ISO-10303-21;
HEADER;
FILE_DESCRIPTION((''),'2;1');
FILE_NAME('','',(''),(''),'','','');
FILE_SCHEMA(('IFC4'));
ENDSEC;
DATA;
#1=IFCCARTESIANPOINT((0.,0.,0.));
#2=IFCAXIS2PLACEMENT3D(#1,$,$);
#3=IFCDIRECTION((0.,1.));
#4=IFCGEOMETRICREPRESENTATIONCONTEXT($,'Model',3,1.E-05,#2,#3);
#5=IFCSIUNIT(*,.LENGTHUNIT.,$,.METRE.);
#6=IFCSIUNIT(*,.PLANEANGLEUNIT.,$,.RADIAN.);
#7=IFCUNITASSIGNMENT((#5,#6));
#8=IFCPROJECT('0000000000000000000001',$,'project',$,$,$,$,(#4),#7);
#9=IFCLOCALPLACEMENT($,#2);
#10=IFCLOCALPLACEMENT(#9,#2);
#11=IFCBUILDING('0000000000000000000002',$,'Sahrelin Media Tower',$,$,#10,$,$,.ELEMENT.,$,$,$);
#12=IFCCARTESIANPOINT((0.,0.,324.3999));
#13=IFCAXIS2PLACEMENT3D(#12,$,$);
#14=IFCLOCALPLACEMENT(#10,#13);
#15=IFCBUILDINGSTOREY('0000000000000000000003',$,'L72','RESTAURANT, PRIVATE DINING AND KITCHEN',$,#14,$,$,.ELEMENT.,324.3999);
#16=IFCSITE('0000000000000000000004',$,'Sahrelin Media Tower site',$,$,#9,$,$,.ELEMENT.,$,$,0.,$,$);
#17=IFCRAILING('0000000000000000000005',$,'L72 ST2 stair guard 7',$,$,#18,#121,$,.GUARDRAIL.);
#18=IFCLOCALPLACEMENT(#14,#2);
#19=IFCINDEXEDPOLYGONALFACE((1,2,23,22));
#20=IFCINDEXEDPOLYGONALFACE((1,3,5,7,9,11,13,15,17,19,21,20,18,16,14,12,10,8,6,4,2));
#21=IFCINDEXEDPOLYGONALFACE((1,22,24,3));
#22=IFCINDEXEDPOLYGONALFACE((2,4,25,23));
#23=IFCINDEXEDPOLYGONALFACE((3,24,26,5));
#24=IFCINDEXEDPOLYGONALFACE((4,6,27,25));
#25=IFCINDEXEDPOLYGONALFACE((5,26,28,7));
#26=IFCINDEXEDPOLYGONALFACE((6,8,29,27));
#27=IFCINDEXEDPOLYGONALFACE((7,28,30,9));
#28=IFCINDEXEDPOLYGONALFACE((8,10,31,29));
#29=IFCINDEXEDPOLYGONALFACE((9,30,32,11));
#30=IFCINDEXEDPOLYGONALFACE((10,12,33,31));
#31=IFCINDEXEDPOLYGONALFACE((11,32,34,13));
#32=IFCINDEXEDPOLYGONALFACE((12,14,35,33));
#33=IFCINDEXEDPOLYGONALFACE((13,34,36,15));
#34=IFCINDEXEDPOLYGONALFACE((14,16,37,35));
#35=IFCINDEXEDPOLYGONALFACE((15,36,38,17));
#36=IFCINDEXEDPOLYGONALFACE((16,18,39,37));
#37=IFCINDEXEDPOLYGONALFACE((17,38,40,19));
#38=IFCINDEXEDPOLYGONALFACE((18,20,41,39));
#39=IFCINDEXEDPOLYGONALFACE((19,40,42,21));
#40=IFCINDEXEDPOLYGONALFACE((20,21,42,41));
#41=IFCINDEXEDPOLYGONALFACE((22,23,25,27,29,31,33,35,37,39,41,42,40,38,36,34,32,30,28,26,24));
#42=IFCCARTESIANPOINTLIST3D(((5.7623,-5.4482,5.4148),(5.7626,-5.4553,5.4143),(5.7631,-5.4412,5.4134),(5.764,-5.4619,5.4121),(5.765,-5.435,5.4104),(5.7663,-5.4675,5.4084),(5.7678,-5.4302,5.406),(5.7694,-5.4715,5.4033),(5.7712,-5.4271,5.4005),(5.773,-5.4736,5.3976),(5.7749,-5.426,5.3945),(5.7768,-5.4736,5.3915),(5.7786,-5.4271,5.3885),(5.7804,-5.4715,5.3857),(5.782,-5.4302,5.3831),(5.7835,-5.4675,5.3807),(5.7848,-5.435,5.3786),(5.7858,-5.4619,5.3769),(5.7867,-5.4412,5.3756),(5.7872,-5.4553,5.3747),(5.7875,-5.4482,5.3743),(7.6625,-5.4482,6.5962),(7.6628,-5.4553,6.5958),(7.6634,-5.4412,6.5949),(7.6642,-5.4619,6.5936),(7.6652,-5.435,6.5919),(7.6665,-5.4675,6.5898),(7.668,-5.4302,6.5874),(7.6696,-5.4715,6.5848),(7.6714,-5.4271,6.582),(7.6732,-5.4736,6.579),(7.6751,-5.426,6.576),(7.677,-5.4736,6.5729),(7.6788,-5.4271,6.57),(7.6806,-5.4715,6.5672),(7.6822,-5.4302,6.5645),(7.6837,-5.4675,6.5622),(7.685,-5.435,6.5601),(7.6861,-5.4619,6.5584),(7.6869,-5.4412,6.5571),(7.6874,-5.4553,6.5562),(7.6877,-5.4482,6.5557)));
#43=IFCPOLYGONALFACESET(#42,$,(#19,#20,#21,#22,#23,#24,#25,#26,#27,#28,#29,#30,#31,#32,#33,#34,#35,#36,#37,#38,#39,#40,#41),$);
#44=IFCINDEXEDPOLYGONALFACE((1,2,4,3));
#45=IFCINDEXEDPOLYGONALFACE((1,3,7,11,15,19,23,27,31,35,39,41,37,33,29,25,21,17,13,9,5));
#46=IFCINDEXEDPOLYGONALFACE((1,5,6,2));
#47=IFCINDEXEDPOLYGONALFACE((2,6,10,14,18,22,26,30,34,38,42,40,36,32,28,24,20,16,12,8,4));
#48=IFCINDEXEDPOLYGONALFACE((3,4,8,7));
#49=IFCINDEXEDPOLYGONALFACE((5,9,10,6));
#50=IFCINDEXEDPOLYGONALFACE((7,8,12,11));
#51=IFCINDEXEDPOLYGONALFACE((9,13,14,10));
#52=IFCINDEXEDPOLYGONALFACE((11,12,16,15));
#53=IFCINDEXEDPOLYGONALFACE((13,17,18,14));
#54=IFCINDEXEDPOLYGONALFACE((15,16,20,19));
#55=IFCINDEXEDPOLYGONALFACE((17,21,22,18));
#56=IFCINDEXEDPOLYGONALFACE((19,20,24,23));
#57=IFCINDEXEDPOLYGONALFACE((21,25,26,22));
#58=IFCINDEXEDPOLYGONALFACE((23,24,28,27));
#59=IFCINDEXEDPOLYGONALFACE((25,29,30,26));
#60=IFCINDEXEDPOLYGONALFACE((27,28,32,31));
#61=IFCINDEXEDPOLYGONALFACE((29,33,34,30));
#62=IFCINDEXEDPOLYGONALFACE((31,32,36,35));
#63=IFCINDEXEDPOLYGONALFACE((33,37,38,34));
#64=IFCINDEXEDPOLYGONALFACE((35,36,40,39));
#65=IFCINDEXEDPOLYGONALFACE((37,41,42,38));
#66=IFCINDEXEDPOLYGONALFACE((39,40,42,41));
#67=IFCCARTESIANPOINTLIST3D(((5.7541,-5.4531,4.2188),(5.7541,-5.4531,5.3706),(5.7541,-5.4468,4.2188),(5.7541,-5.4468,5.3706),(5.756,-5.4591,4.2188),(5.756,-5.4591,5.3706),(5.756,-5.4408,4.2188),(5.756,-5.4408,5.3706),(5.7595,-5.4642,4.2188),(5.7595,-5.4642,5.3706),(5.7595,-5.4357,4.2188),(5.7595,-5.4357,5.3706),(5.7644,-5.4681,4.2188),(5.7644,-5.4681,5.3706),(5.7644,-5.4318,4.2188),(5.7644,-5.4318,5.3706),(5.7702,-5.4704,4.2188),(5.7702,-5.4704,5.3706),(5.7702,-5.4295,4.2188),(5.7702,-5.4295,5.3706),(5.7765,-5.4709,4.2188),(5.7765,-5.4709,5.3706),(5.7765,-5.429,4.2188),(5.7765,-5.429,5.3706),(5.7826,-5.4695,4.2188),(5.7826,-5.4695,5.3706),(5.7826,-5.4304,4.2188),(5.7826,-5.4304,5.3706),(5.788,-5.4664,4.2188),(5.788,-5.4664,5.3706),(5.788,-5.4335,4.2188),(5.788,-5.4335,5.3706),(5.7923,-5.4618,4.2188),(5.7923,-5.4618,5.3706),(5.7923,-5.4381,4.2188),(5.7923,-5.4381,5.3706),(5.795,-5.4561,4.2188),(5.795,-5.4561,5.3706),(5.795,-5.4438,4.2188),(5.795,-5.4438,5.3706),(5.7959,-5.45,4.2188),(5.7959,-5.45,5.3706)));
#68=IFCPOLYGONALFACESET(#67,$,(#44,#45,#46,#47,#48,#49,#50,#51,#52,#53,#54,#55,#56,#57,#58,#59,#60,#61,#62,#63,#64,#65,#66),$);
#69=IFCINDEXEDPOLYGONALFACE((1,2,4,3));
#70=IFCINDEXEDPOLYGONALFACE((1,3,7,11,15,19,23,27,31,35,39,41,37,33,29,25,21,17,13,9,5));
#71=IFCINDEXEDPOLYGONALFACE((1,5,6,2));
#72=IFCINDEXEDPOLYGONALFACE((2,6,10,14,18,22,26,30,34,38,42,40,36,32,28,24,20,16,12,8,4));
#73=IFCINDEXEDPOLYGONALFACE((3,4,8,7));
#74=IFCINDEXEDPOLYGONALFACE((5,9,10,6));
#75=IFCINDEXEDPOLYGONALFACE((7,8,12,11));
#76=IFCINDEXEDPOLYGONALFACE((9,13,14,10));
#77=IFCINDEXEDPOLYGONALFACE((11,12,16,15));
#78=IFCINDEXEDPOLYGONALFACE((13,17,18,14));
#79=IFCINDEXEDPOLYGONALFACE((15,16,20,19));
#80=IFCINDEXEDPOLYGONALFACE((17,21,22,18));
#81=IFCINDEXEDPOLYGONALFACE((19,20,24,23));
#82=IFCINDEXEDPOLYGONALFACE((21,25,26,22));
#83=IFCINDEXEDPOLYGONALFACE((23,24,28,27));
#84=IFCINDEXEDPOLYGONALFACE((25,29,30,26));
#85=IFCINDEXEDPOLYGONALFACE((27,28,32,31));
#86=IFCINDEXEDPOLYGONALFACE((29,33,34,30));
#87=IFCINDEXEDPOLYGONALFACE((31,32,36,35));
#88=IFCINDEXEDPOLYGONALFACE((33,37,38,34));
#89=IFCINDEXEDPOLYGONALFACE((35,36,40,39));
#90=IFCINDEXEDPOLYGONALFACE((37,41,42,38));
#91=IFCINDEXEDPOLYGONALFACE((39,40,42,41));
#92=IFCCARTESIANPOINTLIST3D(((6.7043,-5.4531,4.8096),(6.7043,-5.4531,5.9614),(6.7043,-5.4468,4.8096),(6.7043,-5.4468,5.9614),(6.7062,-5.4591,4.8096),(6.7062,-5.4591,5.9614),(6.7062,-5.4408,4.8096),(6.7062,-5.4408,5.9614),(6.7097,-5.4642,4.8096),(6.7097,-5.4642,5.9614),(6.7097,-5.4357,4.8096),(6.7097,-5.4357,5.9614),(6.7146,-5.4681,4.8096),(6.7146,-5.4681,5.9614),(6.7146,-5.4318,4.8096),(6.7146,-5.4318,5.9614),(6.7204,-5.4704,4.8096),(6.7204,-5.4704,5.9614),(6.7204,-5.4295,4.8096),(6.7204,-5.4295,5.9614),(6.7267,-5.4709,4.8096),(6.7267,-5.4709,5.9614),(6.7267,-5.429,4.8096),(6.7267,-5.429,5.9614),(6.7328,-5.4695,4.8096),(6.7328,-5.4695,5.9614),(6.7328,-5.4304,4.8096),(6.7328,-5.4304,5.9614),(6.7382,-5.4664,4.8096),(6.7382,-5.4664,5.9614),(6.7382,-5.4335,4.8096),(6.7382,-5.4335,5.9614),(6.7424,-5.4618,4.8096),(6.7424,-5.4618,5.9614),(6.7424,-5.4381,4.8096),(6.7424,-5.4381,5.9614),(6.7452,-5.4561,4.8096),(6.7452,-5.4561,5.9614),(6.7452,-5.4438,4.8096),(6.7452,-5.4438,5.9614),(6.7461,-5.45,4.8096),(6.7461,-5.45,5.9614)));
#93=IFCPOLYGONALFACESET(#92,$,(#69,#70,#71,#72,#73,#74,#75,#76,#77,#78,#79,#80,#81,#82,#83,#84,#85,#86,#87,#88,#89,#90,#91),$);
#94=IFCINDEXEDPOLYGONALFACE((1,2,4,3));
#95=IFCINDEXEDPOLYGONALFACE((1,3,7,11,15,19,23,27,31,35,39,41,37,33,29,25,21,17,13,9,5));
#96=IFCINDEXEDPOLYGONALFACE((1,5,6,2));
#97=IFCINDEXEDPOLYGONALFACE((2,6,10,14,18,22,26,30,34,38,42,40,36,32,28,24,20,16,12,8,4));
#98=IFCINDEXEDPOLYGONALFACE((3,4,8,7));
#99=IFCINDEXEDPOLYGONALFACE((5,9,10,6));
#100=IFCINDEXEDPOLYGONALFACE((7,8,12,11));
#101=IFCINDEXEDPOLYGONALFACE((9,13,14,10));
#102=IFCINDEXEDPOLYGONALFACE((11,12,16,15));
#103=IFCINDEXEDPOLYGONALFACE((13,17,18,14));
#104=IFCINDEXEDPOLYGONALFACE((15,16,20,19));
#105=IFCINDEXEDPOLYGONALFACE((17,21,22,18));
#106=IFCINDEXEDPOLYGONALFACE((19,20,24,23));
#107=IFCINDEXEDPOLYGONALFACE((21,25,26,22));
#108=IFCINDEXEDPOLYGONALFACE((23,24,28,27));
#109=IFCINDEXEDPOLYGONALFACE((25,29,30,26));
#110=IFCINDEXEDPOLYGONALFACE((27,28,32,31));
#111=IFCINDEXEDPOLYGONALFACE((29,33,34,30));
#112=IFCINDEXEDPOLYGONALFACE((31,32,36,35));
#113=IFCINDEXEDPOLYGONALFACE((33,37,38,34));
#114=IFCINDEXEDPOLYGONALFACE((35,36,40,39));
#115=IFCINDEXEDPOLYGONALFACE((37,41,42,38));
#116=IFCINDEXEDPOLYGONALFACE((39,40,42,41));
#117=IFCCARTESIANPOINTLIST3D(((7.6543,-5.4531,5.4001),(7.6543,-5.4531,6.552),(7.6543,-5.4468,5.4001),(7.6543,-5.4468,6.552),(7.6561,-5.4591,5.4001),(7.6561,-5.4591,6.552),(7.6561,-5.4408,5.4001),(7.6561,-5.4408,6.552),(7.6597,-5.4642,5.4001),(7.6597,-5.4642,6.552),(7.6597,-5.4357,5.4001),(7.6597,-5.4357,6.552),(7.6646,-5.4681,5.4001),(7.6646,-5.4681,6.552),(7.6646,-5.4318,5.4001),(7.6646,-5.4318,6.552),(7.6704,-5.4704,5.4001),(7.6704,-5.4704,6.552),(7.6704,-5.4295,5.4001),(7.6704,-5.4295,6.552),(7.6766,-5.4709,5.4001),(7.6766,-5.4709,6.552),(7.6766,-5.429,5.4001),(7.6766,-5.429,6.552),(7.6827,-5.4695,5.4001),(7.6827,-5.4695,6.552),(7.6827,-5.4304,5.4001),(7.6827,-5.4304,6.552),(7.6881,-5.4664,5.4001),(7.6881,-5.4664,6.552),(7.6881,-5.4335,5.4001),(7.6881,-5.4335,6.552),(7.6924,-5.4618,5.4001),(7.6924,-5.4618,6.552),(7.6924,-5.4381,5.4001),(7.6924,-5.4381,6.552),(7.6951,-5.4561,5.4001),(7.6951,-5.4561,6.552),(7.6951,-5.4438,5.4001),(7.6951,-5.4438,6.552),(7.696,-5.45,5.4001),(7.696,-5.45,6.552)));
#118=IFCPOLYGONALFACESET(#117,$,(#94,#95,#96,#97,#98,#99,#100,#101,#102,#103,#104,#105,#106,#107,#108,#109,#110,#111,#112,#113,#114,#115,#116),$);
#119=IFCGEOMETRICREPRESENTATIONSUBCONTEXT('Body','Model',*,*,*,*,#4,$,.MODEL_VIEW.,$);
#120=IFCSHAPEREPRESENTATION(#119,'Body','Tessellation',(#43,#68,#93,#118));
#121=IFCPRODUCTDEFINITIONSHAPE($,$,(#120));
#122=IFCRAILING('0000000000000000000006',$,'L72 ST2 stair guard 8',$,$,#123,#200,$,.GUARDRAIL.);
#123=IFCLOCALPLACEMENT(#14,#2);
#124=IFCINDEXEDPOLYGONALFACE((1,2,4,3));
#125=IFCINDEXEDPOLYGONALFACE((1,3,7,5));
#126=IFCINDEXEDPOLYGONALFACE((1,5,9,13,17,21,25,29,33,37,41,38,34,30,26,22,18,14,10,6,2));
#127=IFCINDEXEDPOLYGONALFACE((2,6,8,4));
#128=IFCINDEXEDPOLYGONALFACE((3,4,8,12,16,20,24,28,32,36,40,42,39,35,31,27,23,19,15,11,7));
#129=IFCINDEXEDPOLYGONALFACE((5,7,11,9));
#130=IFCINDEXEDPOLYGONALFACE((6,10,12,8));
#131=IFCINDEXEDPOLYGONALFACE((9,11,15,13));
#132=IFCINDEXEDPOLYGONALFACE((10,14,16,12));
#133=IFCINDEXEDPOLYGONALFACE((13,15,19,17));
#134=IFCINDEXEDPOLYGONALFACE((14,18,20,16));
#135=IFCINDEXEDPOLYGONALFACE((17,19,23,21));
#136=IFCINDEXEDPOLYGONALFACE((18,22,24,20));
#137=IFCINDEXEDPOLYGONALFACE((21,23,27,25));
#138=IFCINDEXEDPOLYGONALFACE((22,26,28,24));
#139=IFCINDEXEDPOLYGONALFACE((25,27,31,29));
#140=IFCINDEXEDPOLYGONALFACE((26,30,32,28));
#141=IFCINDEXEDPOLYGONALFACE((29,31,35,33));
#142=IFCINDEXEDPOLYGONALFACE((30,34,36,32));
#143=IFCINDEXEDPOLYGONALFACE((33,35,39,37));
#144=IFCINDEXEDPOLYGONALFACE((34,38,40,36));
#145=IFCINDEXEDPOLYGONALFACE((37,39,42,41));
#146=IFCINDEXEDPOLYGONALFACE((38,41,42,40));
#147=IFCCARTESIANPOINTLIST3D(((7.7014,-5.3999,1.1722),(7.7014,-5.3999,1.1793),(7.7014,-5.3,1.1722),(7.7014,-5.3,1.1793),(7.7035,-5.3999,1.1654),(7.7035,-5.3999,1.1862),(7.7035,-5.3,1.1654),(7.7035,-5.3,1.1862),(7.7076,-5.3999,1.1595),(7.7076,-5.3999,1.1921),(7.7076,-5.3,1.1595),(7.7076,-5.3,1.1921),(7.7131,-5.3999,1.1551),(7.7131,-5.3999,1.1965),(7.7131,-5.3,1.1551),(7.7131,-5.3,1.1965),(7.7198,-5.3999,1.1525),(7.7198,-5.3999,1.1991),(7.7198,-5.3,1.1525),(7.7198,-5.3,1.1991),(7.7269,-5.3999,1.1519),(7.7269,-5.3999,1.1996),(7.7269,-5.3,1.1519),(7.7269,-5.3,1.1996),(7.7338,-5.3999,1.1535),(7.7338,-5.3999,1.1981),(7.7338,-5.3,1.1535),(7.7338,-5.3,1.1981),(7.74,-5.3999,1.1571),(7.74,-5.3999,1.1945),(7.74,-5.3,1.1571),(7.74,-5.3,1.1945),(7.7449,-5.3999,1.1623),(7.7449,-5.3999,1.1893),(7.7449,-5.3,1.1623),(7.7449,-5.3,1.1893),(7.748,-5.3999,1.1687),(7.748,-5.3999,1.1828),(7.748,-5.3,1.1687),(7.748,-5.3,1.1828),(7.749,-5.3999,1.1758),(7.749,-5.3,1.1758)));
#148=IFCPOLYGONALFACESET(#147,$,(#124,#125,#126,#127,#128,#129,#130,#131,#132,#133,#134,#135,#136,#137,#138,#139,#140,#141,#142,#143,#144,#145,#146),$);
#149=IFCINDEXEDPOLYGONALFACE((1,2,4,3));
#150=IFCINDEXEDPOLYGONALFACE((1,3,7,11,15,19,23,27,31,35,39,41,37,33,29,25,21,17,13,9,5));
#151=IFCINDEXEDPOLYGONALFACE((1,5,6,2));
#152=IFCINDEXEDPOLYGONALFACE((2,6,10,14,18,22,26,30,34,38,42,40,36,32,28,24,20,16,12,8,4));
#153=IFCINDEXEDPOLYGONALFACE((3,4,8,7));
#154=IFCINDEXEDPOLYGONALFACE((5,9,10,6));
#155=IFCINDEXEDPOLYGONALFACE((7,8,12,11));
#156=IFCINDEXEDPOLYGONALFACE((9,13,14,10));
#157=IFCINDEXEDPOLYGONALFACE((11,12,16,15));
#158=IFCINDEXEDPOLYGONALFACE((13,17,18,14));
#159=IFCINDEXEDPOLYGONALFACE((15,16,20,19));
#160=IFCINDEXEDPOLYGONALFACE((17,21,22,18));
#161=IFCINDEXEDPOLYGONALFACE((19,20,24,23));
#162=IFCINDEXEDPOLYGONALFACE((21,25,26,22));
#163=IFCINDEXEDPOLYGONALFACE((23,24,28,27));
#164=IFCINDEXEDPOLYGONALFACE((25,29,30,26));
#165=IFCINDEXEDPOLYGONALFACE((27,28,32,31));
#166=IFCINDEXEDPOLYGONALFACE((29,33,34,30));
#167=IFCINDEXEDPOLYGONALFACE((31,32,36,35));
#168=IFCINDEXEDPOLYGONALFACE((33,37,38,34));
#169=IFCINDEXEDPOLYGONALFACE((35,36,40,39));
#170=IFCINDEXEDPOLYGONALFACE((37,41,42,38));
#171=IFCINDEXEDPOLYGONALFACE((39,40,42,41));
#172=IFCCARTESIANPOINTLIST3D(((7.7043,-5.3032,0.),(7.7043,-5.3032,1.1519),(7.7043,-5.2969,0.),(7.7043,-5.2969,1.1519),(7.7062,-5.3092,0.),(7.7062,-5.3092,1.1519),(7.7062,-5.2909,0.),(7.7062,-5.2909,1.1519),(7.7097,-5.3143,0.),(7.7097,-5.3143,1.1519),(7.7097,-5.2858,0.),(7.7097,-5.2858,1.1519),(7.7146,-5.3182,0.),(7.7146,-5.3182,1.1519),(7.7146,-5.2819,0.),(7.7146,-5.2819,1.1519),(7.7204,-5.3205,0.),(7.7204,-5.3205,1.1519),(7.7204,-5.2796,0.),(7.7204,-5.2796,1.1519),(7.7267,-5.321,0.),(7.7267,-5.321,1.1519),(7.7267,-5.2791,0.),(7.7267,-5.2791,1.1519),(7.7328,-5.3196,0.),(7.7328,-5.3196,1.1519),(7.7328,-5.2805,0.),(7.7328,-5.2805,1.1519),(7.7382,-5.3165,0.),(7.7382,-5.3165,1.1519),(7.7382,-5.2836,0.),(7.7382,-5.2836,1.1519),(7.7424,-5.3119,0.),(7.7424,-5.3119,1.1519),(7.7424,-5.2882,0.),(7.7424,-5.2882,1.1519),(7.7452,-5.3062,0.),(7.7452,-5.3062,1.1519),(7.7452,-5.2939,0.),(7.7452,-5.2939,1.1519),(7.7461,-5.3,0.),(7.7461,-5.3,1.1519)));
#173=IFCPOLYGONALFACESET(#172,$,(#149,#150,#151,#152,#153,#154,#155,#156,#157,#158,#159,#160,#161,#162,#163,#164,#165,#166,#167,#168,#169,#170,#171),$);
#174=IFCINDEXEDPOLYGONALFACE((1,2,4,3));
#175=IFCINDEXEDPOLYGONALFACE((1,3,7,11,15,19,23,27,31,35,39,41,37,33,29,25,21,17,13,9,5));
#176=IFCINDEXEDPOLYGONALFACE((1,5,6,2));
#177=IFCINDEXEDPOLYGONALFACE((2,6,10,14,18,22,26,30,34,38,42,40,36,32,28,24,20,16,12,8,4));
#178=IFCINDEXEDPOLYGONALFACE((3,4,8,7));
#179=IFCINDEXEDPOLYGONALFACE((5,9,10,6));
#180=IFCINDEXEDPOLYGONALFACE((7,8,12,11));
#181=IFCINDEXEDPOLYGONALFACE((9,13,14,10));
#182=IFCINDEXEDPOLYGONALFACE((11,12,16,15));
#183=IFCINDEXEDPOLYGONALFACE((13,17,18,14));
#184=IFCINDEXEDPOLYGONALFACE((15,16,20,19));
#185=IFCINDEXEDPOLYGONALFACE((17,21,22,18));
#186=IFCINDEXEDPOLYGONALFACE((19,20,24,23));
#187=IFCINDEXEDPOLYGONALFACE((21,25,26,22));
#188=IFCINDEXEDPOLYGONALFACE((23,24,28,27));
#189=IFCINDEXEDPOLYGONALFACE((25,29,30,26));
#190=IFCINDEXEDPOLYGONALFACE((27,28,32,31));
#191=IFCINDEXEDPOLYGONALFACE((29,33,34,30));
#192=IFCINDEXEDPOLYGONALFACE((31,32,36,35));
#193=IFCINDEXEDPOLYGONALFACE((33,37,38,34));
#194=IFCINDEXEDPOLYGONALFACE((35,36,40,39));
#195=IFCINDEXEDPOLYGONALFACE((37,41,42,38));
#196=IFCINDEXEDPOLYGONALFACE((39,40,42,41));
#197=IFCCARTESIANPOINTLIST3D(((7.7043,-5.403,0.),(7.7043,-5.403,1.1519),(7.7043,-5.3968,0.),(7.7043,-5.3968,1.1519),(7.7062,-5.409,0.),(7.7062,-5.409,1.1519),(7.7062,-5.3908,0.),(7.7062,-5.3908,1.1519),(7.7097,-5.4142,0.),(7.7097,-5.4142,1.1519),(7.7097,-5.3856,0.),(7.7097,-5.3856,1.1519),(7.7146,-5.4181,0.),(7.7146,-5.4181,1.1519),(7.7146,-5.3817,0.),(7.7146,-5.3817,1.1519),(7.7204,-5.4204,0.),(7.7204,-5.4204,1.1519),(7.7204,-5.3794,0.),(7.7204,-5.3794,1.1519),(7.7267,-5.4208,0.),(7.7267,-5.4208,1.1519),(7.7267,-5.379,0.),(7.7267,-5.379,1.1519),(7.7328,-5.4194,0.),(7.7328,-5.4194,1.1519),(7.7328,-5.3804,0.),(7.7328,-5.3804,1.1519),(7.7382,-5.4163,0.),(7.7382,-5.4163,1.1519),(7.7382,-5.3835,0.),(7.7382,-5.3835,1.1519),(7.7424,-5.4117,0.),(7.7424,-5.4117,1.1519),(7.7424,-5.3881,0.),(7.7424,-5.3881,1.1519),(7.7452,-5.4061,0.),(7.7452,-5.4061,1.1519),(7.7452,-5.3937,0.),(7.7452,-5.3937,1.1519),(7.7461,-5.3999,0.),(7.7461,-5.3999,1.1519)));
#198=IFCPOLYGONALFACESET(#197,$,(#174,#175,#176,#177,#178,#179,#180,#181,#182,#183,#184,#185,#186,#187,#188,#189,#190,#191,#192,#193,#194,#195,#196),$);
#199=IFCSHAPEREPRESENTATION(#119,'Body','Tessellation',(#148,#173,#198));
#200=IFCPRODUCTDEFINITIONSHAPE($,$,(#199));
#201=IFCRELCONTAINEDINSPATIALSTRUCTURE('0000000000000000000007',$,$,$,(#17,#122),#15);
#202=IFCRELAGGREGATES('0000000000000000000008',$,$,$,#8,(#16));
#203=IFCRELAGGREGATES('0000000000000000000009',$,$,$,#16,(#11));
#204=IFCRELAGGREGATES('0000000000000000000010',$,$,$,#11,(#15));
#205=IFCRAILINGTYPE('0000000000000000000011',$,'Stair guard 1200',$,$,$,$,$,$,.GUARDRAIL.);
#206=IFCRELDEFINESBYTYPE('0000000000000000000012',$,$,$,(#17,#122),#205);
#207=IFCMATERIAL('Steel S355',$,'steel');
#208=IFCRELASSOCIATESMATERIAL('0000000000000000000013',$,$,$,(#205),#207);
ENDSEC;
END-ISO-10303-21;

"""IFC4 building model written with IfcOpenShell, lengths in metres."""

from ifc_helpers import new_model, si_unit, direction, frame, origin, origin_2d, place, context, subcontext, project, spatial, circle, extrude, material, type_object, element, save


model = new_model("IFC4")

# Units and contexts
model_context = context("Model", 3, precision=1e-05, world=origin(), true_north=direction((0.0, 1.0)))
body_context = subcontext(model_context, "Body", "Model", "MODEL_VIEW")
ifc_project = project(units=[si_unit("LENGTHUNIT", "METRE"), si_unit("PLANEANGLEUNIT", "RADIAN")], contexts=[model_context])

# Site, building, storey
site_placement = place(None, origin())
site = spatial("IfcSite", under=ifc_project, at=site_placement, Name="Sahrelin Media Tower site", CompositionType="ELEMENT", RefElevation=0.0)
building_placement = place(site_placement, origin())
building = spatial("IfcBuilding", under=site, at=building_placement, Name="Sahrelin Media Tower", CompositionType="ELEMENT")
storey_placement = place(building_placement, frame((0.0, 0.0, 324.3999)))
storey = spatial("IfcBuildingStorey", under=building, at=storey_placement, Name="L72", Description="RESTAURANT, PRIVATE DINING AND KITCHEN", CompositionType="ELEMENT", Elevation=324.3999)

# Railings
ifc_material_1 = material(Name="Steel S355", Category="steel")
railing_type_1 = type_object("IfcRailingType", Name="Stair guard 1200", PredefinedType="GUARDRAIL", material=ifc_material_1)
railing_1_placement = place(storey_placement, frame((5.7749, -5.45, 4.2188)))
element("IfcRailing", 1, at=railing_1_placement, inside=storey, type_object=railing_type_1, Name="L72 ST2 stair guard 7", PredefinedType="GUARDRAIL", context=body_context, shape_type="SweptSolid", body=[
    extrude(circle(Radius=0.0239, at=origin_2d()), frame((0.0, 0.0, 1.1758), z_axis=(0.84924, 0.0, 0.528006), x_axis=(0.0, 1.0, 0.0)), (0.0, 0.0, 1.0), 2.2375),
    extrude(circle(Radius=0.021, at=origin_2d()), origin(), (0.0, 0.0, 1.0), 1.1519),
    extrude(circle(Radius=0.021, at=origin_2d()), frame((0.9502, 0.0, 0.5908)), (0.0, 0.0, 1.0), 1.1519),
    extrude(circle(Radius=0.021, at=origin_2d()), frame((1.9001, 0.0, 1.1814)), (0.0, 0.0, 1.0), 1.1519),
])
railing_2_placement = place(storey_placement, frame((7.7251, -5.3, 0.0)))
element("IfcRailing", 2, at=railing_2_placement, inside=storey, type_object=railing_type_1, Name="L72 ST2 stair guard 8", PredefinedType="GUARDRAIL", context=body_context, shape_type="SweptSolid", body=[
    extrude(circle(Radius=0.0239, at=origin_2d()), frame((0.0, 0.0, 1.1758), z_axis=(0.0, -1.0, 0.0), x_axis=(1.0, 0.0, 0.0)), (0.0, 0.0, 1.0), 0.0999),
    extrude(circle(Radius=0.021, at=origin_2d()), origin(), (0.0, 0.0, 1.0), 1.1519),
    extrude(circle(Radius=0.021, at=origin_2d()), frame((0.0, -0.0999, 0.0)), (0.0, 0.0, 1.0), 1.1519),
])

save(model, "model.ifc")
